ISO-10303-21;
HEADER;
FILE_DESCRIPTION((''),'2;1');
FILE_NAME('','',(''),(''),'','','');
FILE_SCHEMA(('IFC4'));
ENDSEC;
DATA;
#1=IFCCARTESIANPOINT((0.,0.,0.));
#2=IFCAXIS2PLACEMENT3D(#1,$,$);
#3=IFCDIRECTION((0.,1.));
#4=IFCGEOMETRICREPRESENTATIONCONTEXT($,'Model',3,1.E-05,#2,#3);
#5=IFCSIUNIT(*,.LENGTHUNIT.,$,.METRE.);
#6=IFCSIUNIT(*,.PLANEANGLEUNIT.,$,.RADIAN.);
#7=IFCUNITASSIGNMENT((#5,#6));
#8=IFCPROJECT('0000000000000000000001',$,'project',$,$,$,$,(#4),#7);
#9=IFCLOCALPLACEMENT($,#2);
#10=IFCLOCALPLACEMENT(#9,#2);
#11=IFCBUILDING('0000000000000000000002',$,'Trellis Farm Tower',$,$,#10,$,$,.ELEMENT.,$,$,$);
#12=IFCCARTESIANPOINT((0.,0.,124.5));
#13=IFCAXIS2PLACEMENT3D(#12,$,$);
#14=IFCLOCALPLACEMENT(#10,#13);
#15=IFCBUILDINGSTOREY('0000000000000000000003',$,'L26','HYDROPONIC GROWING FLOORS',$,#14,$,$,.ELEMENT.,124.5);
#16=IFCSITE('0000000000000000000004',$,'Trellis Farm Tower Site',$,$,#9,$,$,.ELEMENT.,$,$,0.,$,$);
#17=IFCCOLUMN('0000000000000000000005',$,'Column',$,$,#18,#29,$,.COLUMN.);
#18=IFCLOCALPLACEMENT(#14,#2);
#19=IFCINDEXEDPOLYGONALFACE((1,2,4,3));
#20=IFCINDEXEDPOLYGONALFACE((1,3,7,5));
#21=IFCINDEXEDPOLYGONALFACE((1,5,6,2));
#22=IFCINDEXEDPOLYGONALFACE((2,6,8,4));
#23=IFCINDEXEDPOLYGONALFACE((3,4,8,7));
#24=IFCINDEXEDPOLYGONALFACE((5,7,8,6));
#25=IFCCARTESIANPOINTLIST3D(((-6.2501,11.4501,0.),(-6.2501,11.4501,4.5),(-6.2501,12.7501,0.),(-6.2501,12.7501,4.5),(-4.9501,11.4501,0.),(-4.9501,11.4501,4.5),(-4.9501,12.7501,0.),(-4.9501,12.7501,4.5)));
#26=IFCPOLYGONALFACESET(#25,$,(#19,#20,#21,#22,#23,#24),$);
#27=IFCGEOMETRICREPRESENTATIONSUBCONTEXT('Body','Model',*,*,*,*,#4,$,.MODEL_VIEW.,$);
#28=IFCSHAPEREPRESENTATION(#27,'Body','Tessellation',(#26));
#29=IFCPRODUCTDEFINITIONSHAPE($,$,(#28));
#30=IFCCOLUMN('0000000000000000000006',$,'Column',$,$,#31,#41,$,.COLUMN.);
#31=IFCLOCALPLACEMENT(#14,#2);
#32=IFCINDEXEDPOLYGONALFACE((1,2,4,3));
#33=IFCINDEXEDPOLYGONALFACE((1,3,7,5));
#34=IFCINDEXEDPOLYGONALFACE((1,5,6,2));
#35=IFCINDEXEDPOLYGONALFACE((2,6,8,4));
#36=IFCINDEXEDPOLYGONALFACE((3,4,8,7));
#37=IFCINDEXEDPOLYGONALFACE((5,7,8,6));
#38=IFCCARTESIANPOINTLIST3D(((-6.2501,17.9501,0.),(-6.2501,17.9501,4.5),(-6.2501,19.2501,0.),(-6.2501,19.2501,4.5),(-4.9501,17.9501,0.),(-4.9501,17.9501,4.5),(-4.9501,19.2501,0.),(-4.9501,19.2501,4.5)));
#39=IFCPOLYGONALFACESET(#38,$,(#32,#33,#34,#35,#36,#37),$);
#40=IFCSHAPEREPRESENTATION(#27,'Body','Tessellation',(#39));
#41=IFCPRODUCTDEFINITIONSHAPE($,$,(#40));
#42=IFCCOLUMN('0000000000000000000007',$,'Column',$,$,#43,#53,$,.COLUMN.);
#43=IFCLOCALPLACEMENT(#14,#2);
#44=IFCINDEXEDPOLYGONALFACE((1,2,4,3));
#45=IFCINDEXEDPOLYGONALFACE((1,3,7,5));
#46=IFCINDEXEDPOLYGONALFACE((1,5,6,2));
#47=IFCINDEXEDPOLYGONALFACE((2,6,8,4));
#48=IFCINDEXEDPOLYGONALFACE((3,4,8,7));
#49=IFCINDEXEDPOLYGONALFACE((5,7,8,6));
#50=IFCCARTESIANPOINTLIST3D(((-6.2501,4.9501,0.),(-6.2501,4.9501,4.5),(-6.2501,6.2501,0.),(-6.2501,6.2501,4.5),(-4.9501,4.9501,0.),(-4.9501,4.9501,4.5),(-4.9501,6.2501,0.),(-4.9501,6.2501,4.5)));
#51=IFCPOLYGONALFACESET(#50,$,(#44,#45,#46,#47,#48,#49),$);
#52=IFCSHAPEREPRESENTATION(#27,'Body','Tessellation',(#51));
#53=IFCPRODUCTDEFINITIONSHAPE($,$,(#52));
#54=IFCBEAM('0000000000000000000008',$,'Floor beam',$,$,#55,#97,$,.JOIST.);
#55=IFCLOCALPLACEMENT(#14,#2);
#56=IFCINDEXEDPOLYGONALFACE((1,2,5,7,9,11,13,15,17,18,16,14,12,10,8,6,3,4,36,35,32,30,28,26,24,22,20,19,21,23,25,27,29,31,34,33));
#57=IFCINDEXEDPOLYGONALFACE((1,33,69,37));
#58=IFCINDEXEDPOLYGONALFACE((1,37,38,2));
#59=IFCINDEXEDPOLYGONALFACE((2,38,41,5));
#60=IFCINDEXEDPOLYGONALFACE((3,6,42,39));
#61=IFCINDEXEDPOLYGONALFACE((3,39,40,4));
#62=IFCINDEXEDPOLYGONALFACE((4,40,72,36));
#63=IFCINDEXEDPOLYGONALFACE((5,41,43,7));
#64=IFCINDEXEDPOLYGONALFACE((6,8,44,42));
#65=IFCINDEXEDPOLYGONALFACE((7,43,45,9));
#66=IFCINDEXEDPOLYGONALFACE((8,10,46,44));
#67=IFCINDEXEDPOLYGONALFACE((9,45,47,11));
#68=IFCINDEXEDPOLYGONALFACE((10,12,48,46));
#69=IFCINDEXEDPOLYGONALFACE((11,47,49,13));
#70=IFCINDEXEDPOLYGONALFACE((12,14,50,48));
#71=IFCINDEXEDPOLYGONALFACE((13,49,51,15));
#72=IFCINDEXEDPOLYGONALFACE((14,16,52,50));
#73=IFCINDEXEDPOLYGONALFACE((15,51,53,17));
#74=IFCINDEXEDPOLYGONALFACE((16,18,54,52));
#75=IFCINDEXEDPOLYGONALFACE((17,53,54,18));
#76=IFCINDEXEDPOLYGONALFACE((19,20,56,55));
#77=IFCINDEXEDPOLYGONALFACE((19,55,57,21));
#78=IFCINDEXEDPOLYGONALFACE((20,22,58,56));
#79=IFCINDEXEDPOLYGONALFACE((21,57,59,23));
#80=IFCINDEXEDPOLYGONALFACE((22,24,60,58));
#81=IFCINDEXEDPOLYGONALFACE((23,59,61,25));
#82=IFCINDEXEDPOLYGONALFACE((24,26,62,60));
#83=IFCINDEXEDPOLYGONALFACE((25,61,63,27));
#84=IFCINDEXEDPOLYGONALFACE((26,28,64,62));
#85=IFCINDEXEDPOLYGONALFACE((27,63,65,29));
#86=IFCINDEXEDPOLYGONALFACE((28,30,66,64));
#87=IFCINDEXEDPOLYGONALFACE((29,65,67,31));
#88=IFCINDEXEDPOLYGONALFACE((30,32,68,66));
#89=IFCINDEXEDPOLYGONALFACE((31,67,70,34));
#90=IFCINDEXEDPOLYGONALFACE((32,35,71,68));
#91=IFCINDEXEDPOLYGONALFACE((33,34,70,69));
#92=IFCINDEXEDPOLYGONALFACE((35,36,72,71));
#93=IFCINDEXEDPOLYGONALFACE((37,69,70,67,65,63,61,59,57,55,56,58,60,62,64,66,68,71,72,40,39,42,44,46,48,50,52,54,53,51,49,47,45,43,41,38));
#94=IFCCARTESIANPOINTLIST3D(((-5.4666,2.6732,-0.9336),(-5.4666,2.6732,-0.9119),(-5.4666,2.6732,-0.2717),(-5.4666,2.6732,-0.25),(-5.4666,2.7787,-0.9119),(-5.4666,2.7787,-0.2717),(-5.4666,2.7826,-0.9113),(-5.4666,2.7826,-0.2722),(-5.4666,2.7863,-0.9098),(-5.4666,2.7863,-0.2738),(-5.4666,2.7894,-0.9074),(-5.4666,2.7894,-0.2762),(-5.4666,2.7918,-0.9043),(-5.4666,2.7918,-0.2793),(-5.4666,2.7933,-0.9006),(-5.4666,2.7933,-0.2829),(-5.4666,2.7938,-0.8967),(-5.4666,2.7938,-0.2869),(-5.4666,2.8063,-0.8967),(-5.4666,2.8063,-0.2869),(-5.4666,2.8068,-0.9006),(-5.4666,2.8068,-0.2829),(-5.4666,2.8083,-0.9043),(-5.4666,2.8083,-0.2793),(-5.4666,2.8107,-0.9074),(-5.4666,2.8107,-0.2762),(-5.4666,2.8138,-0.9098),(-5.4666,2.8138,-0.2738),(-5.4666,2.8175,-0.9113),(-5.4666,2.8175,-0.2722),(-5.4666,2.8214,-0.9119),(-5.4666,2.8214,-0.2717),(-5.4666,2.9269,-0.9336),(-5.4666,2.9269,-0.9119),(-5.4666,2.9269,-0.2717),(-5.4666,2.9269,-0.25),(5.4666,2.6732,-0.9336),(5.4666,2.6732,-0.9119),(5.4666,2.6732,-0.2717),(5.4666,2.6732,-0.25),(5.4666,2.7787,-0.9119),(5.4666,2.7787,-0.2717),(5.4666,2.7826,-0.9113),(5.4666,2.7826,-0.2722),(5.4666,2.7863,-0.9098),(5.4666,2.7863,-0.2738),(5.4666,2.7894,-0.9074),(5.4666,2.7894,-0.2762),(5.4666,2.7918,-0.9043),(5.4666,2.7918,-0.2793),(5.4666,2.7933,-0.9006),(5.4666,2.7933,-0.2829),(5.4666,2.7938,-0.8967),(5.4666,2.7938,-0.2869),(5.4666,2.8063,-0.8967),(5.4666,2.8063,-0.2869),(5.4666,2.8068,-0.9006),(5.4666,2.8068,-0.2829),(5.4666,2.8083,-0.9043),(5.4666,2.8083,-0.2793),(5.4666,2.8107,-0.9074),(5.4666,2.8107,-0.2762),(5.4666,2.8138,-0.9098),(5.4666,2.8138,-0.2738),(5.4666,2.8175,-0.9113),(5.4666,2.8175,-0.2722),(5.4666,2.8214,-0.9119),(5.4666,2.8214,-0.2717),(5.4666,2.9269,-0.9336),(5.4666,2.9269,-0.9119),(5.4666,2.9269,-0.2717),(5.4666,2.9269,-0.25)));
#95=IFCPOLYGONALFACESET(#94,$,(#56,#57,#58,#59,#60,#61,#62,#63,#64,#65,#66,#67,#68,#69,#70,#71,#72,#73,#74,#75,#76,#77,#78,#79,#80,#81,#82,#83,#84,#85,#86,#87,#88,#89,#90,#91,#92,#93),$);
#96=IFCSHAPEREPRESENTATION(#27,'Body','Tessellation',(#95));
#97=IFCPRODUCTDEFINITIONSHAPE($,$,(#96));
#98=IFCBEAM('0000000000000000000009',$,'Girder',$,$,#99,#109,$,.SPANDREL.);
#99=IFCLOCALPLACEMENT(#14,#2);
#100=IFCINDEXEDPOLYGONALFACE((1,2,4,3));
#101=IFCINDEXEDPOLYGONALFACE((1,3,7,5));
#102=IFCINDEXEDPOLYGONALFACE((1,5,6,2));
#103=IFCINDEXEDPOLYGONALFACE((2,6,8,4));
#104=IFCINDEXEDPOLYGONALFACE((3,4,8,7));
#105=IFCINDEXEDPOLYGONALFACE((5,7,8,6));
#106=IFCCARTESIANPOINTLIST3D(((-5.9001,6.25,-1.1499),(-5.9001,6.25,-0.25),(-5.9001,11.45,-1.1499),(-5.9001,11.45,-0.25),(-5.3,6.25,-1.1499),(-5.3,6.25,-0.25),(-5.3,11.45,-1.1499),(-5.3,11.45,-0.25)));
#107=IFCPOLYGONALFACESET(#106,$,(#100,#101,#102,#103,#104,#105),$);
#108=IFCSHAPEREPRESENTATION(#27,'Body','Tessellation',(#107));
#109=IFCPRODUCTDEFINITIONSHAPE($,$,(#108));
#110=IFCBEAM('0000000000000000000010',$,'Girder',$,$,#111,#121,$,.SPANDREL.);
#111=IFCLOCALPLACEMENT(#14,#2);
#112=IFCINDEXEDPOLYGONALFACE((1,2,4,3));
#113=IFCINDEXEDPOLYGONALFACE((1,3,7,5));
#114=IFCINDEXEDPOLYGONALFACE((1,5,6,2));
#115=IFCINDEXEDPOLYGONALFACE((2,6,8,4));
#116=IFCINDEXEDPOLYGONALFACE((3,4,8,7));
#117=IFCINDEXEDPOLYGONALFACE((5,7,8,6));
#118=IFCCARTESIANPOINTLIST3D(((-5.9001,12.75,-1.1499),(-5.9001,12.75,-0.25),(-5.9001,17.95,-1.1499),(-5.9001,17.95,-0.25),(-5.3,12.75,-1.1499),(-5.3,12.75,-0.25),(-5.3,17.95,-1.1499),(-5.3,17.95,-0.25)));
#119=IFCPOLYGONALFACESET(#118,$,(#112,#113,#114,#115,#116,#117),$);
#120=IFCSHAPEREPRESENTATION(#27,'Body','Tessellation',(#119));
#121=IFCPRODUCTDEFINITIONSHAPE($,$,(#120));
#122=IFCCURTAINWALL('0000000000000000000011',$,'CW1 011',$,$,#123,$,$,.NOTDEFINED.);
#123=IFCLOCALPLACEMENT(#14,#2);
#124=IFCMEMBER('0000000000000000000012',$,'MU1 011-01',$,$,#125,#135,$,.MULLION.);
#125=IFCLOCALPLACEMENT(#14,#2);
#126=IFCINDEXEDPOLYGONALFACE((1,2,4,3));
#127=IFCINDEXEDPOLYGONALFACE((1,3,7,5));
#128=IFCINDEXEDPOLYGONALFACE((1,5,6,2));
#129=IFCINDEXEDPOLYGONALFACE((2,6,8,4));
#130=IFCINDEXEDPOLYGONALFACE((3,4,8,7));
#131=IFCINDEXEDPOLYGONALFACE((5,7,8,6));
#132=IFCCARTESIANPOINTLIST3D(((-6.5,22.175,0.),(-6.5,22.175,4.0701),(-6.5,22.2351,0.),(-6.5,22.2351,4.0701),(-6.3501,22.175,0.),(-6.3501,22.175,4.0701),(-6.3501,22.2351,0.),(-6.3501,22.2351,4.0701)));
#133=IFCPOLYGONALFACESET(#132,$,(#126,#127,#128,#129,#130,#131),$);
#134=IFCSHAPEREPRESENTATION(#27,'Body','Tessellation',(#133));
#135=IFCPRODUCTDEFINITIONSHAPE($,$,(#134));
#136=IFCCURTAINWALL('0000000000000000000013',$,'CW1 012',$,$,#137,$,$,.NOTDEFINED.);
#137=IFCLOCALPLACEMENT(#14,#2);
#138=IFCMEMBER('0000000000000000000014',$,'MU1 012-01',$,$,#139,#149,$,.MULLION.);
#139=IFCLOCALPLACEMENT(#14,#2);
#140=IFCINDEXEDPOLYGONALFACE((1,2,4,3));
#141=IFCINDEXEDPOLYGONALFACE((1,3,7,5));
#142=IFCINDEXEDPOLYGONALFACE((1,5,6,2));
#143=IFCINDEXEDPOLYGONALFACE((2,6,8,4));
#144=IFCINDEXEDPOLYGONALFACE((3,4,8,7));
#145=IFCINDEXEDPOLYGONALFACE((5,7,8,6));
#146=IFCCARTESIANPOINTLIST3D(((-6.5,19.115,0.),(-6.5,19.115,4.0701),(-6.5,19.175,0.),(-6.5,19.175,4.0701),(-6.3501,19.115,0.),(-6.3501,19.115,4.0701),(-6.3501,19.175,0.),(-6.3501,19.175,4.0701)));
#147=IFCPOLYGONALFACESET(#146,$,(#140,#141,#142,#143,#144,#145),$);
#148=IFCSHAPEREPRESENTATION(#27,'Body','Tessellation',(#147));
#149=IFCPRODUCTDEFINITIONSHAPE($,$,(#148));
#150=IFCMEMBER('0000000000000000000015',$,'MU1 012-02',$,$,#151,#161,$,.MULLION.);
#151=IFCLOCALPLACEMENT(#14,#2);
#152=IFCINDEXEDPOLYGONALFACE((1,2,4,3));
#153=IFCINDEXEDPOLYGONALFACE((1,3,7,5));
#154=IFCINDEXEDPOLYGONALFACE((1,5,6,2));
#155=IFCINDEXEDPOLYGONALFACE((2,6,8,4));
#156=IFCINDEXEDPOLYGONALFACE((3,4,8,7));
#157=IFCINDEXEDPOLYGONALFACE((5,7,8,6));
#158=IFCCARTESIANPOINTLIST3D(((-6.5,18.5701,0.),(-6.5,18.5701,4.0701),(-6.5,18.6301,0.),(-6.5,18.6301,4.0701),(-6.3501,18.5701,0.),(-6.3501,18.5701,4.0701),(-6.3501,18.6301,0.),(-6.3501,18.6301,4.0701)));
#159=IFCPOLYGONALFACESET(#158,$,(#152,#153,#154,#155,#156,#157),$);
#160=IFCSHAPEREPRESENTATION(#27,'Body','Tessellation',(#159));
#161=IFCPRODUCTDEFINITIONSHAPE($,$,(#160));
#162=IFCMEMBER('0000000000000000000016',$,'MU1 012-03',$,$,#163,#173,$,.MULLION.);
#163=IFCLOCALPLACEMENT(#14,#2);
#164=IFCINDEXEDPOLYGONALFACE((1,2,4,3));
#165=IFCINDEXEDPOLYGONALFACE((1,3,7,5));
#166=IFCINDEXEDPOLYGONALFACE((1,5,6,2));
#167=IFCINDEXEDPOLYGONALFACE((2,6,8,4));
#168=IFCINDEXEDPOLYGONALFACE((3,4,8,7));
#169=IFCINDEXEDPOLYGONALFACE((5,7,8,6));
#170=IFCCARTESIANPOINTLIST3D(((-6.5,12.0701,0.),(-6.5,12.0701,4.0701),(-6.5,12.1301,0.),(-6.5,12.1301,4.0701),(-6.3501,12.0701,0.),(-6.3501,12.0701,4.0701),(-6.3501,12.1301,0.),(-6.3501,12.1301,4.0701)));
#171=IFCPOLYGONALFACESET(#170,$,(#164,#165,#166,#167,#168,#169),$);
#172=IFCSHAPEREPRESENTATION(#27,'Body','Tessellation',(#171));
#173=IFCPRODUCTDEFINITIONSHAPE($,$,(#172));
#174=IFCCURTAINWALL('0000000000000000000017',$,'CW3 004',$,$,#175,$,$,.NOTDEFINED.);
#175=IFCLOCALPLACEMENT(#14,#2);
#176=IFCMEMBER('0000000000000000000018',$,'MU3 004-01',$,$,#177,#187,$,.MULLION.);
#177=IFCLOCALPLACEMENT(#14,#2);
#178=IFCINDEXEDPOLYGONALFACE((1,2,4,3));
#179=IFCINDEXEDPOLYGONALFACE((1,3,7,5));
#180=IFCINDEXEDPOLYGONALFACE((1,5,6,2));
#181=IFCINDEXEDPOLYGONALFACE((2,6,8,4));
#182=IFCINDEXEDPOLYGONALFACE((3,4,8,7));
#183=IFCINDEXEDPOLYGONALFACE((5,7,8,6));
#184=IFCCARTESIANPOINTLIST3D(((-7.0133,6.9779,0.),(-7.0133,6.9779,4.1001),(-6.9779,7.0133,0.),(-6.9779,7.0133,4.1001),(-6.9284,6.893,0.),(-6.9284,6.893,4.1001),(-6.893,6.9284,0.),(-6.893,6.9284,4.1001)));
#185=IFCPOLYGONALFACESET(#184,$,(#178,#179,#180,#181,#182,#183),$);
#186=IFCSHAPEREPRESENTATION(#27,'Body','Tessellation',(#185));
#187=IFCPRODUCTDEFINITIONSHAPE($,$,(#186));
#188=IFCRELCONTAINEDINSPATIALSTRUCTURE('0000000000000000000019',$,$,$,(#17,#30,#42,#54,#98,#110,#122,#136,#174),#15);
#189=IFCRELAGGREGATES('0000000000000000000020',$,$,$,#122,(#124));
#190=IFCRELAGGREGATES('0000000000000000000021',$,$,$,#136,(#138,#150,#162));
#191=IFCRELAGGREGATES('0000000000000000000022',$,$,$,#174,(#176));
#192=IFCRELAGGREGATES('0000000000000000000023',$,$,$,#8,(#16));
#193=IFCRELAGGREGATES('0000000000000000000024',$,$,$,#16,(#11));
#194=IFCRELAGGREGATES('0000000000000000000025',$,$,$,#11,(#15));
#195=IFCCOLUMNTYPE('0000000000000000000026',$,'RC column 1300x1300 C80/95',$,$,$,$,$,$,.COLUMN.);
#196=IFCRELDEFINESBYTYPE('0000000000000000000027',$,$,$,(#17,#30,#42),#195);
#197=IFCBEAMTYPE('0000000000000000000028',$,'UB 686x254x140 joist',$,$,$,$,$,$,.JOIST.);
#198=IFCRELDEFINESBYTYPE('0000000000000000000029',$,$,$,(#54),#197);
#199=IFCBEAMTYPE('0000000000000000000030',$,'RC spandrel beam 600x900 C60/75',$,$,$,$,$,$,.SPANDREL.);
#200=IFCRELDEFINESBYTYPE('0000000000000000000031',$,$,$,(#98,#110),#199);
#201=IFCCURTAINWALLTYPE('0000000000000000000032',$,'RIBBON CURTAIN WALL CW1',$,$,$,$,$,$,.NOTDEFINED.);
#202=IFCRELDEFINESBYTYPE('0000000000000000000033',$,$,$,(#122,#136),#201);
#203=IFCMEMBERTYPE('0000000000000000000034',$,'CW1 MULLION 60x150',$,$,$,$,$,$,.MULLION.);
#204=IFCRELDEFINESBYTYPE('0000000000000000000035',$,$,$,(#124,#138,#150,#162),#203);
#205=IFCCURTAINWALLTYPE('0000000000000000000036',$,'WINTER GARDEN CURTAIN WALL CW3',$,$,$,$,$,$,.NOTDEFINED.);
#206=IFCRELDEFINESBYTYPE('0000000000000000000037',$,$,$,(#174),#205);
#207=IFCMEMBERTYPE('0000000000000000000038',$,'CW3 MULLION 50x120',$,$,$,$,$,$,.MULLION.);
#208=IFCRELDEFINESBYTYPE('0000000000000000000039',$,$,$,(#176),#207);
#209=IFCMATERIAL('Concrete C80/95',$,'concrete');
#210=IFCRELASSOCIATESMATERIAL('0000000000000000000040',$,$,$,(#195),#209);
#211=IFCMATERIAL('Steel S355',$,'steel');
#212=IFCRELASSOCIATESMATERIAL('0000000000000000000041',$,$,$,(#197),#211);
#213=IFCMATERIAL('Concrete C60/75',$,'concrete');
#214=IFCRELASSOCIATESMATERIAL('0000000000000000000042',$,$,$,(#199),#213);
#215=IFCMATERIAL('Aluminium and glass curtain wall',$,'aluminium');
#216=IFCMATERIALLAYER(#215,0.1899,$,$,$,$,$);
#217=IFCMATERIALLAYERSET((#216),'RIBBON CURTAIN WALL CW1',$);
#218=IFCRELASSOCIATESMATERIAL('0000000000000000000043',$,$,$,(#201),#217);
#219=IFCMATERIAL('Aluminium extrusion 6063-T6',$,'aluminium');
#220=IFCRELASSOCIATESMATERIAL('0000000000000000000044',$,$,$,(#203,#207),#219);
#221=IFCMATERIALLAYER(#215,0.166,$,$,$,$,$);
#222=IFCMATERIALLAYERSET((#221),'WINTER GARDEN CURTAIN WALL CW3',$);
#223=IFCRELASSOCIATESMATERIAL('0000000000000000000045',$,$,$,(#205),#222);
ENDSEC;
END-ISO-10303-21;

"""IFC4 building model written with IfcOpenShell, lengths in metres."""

from ifc_helpers import new_model, si_unit, direction, frame, origin, origin_2d, place, context, subcontext, project, spatial, rectangle, i_section, extrude, source, transform, mapped, material, layer, layer_set, material_profile, profile_set, type_object, element, aggregate, save


model = new_model("IFC4")

# Units and contexts
model_context = context("Model", 3, precision=1e-05, world=origin(), true_north=direction((0.0, 1.0)))
body_context = subcontext(model_context, "Body", "Model", "MODEL_VIEW")
ifc_project = project(units=[si_unit("LENGTHUNIT", "METRE"), si_unit("PLANEANGLEUNIT", "RADIAN")], contexts=[model_context])

# Site, building, storey
site_placement = place(None, origin())
site = spatial("IfcSite", under=ifc_project, at=site_placement, Name="Trellis Farm Tower Site", CompositionType="ELEMENT", RefElevation=0.0)
building_placement = place(site_placement, origin())
building = spatial("IfcBuilding", under=site, at=building_placement, Name="Trellis Farm Tower", CompositionType="ELEMENT")
storey_placement = place(building_placement, frame((0.0, 0.0, 124.5)))
storey = spatial("IfcBuildingStorey", under=building, at=storey_placement, Name="L26", Description="HYDROPONIC GROWING FLOORS", CompositionType="ELEMENT", Elevation=124.5)

# Columns
ifc_material_1 = material(Name="Concrete C80/95", Category="concrete")
ifc_material_profile_1 = material_profile(ifc_material_1, rectangle(XDim=1.3, YDim=1.3, at=origin_2d()), Name="RC column 1300x1300 C80/95")
ifc_profile_set_1 = profile_set([ifc_material_profile_1], Name="Concrete C80/95")
column_type = type_object("IfcColumnType", Name="RC column 1300x1300 C80/95", PredefinedType="COLUMN", material=ifc_profile_set_1)
shared_shape_1 = source(origin(), body_context, "Body", "SweptSolid", [
    extrude(rectangle(XDim=1.3, YDim=1.3, at=origin_2d()), origin(), (0.0, 0.0, 1.0), 4.5),
])
for number, where, z_axis, x_axis, name in (
    (1, (-5.6001, 12.1001, 0.0), (0.0, 0.0, 1.0), (1.0, 0.0, 0.0), "Column"),
    (2, (-5.6001, 18.6001, 0.0), (0.0, 0.0, 1.0), (1.0, 0.0, 0.0), "Column"),
    (3, (-5.6001, 5.6001, 0.0), (0.0, 0.0, 1.0), (1.0, 0.0, 0.0), "Column"),
):
    element("IfcColumn", number, at=place(storey_placement, frame(where, z_axis=z_axis, x_axis=x_axis)), inside=storey, type_object=column_type, Name=name, PredefinedType="COLUMN", context=body_context, shape_type="MappedRepresentation", body=[
        mapped(shared_shape_1, transform((0.0, 0.0, 0.0))),
    ])

# Beams
ifc_material_2 = material(Name="Steel S355", Category="steel")
ifc_material_profile_2 = material_profile(ifc_material_2, i_section(OverallWidth=0.2537, OverallDepth=0.6836, WebThickness=0.0125, FlangeThickness=0.0217, FilletRadius=0.0151, at=origin_2d()), Name="UB 686x254x140")
ifc_profile_set_2 = profile_set([ifc_material_profile_2], Name="Steel S355")
beam_type_1 = type_object("IfcBeamType", Name="UB 686x254x140 joist", PredefinedType="JOIST", material=ifc_profile_set_2)
shared_shape_2 = source(origin(), body_context, "Body", "SweptSolid", [
    extrude(i_section(OverallWidth=0.2537, OverallDepth=0.6836, WebThickness=0.0125, FlangeThickness=0.0217, FilletRadius=0.0151, at=origin_2d()), origin(), (0.0, 0.0, 1.0), 10.9331),
])
beam_placement = place(storey_placement, frame((-5.4666, 2.8, -0.5918), z_axis=(1.0, 0.0, 0.0), x_axis=(0.0, 1.0, 0.0)))
element("IfcBeam", 4, at=beam_placement, inside=storey, type_object=beam_type_1, Name="Floor beam", PredefinedType="JOIST", context=body_context, shape_type="MappedRepresentation", body=[
    mapped(shared_shape_2, transform((0.0, 0.0, 0.0))),
])
ifc_material_3 = material(Name="Concrete C60/75", Category="concrete")
ifc_material_profile_3 = material_profile(ifc_material_3, rectangle(XDim=0.6001, YDim=0.8999, at=origin_2d()), Name="RC spandrel beam 600x900 C60/75")
ifc_profile_set_3 = profile_set([ifc_material_profile_3], Name="Concrete C60/75")
beam_type_2 = type_object("IfcBeamType", Name="RC spandrel beam 600x900 C60/75", PredefinedType="SPANDREL", material=ifc_profile_set_3)
shared_shape_3 = source(origin(), body_context, "Body", "SweptSolid", [
    extrude(rectangle(XDim=0.6001, YDim=0.8999, at=origin_2d()), origin(), (0.0, 0.0, 1.0), 5.2),
])
for number, where, z_axis, x_axis, name in (
    (5, (-5.6001, 6.25, -0.7), (0.0, 1.0, 0.0), (-1.0, 0.0, 0.0), "Girder"),
    (6, (-5.6001, 12.75, -0.7), (0.0, 1.0, 0.0), (-1.0, 0.0, 0.0), "Girder"),
):
    element("IfcBeam", number, at=place(storey_placement, frame(where, z_axis=z_axis, x_axis=x_axis)), inside=storey, type_object=beam_type_2, Name=name, PredefinedType="SPANDREL", context=body_context, shape_type="MappedRepresentation", body=[
        mapped(shared_shape_3, transform((0.0, 0.0, 0.0))),
    ])

# Curtain wall, member
ifc_material_4 = material(Name="Aluminium and glass curtain wall", Category="aluminium")
ifc_layer_1 = layer(ifc_material_4, 0.1899)
ifc_layer_set_1 = layer_set([ifc_layer_1], Name="RIBBON CURTAIN WALL CW1")
curtain_wall_type_1 = type_object("IfcCurtainWallType", Name="RIBBON CURTAIN WALL CW1", PredefinedType="NOTDEFINED", material=ifc_layer_set_1)
placement = place(storey_placement, origin())
curtain_wall_1 = element("IfcCurtainWall", 7, at=placement, inside=storey, type_object=curtain_wall_type_1, Name="CW1 011", PredefinedType="NOTDEFINED")
ifc_material_5 = material(Name="Aluminium extrusion 6063-T6", Category="aluminium")
ifc_material_profile_4 = material_profile(ifc_material_5, rectangle(XDim=0.0601, YDim=0.1499, at=origin_2d()), Name="MULLION 60x150")
ifc_profile_set_4 = profile_set([ifc_material_profile_4], Name="Aluminium extrusion 6063-T6")
member_type_1 = type_object("IfcMemberType", Name="CW1 MULLION 60x150", PredefinedType="MULLION", material=ifc_profile_set_4)
shared_shape_4 = source(origin(), body_context, "Body", "SweptSolid", [
    extrude(rectangle(XDim=0.0601, YDim=0.1499, at=origin_2d()), origin(), (0.0, 0.0, 1.0), 4.0701),
])
member_1_placement = place(storey_placement, frame((-6.425, 22.2051, 0.0), z_axis=(0.0, 0.0, 1.0), x_axis=(0.0, -1.0, 0.0)))
member_1 = element("IfcMember", 8, at=member_1_placement, type_object=member_type_1, Name="MU1 011-01", PredefinedType="MULLION", context=body_context, shape_type="MappedRepresentation", body=[
    mapped(shared_shape_4, transform((0.0, 0.0, 0.0))),
])
aggregate(curtain_wall_1, [member_1])

# Curtain wall, members
curtain_wall_2 = element("IfcCurtainWall", 9, at=placement, inside=storey, type_object=curtain_wall_type_1, Name="CW1 012", PredefinedType="NOTDEFINED")
member_2_placement = place(storey_placement, frame((-6.425, 19.145, 0.0), z_axis=(0.0, 0.0, 1.0), x_axis=(0.0, -1.0, 0.0)))
member_2 = element("IfcMember", 10, at=member_2_placement, type_object=member_type_1, Name="MU1 012-01", PredefinedType="MULLION", context=body_context, shape_type="MappedRepresentation", body=[
    mapped(shared_shape_4, transform((0.0, 0.0, 0.0))),
])
member_3_placement = place(storey_placement, frame((-6.425, 18.6001, 0.0), z_axis=(0.0, 0.0, 1.0), x_axis=(0.0, -1.0, 0.0)))
member_3 = element("IfcMember", 11, at=member_3_placement, type_object=member_type_1, Name="MU1 012-02", PredefinedType="MULLION", context=body_context, shape_type="MappedRepresentation", body=[
    mapped(shared_shape_4, transform((0.0, 0.0, 0.0))),
])
member_4_placement = place(storey_placement, frame((-6.425, 12.1001, 0.0), z_axis=(0.0, 0.0, 1.0), x_axis=(0.0, -1.0, 0.0)))
member_4 = element("IfcMember", 12, at=member_4_placement, type_object=member_type_1, Name="MU1 012-03", PredefinedType="MULLION", context=body_context, shape_type="MappedRepresentation", body=[
    mapped(shared_shape_4, transform((0.0, 0.0, 0.0))),
])
aggregate(curtain_wall_2, [member_2, member_3, member_4])

# Curtain wall, member
ifc_layer_2 = layer(ifc_material_4, 0.166)
ifc_layer_set_2 = layer_set([ifc_layer_2], Name="WINTER GARDEN CURTAIN WALL CW3")
curtain_wall_type_2 = type_object("IfcCurtainWallType", Name="WINTER GARDEN CURTAIN WALL CW3", PredefinedType="NOTDEFINED", material=ifc_layer_set_2)
curtain_wall_3 = element("IfcCurtainWall", 13, at=placement, inside=storey, type_object=curtain_wall_type_2, Name="CW3 004", PredefinedType="NOTDEFINED")
ifc_material_profile_5 = material_profile(ifc_material_5, rectangle(XDim=0.05, YDim=0.1201, at=origin_2d()), Name="MULLION 50x120")
ifc_profile_set_5 = profile_set([ifc_material_profile_5], Name="Aluminium extrusion 6063-T6")
member_type_2 = type_object("IfcMemberType", Name="CW3 MULLION 50x120", PredefinedType="MULLION", material=ifc_profile_set_5)
shared_shape_5 = source(origin(), body_context, "Body", "SweptSolid", [
    extrude(rectangle(XDim=0.05, YDim=0.1201, at=origin_2d()), origin(), (0.0, 0.0, 1.0), 4.1001),
])
member_5_placement = place(storey_placement, frame((-6.9531, 6.9531, 0.0), z_axis=(0.0, 0.0, 1.0), x_axis=(-0.707107, -0.707107, 0.0)))
member_5 = element("IfcMember", 14, at=member_5_placement, type_object=member_type_2, Name="MU3 004-01", PredefinedType="MULLION", context=body_context, shape_type="MappedRepresentation", body=[
    mapped(shared_shape_5, transform((0.0, 0.0, 0.0))),
])
aggregate(curtain_wall_3, [member_5])

save(model, "model.ifc")
